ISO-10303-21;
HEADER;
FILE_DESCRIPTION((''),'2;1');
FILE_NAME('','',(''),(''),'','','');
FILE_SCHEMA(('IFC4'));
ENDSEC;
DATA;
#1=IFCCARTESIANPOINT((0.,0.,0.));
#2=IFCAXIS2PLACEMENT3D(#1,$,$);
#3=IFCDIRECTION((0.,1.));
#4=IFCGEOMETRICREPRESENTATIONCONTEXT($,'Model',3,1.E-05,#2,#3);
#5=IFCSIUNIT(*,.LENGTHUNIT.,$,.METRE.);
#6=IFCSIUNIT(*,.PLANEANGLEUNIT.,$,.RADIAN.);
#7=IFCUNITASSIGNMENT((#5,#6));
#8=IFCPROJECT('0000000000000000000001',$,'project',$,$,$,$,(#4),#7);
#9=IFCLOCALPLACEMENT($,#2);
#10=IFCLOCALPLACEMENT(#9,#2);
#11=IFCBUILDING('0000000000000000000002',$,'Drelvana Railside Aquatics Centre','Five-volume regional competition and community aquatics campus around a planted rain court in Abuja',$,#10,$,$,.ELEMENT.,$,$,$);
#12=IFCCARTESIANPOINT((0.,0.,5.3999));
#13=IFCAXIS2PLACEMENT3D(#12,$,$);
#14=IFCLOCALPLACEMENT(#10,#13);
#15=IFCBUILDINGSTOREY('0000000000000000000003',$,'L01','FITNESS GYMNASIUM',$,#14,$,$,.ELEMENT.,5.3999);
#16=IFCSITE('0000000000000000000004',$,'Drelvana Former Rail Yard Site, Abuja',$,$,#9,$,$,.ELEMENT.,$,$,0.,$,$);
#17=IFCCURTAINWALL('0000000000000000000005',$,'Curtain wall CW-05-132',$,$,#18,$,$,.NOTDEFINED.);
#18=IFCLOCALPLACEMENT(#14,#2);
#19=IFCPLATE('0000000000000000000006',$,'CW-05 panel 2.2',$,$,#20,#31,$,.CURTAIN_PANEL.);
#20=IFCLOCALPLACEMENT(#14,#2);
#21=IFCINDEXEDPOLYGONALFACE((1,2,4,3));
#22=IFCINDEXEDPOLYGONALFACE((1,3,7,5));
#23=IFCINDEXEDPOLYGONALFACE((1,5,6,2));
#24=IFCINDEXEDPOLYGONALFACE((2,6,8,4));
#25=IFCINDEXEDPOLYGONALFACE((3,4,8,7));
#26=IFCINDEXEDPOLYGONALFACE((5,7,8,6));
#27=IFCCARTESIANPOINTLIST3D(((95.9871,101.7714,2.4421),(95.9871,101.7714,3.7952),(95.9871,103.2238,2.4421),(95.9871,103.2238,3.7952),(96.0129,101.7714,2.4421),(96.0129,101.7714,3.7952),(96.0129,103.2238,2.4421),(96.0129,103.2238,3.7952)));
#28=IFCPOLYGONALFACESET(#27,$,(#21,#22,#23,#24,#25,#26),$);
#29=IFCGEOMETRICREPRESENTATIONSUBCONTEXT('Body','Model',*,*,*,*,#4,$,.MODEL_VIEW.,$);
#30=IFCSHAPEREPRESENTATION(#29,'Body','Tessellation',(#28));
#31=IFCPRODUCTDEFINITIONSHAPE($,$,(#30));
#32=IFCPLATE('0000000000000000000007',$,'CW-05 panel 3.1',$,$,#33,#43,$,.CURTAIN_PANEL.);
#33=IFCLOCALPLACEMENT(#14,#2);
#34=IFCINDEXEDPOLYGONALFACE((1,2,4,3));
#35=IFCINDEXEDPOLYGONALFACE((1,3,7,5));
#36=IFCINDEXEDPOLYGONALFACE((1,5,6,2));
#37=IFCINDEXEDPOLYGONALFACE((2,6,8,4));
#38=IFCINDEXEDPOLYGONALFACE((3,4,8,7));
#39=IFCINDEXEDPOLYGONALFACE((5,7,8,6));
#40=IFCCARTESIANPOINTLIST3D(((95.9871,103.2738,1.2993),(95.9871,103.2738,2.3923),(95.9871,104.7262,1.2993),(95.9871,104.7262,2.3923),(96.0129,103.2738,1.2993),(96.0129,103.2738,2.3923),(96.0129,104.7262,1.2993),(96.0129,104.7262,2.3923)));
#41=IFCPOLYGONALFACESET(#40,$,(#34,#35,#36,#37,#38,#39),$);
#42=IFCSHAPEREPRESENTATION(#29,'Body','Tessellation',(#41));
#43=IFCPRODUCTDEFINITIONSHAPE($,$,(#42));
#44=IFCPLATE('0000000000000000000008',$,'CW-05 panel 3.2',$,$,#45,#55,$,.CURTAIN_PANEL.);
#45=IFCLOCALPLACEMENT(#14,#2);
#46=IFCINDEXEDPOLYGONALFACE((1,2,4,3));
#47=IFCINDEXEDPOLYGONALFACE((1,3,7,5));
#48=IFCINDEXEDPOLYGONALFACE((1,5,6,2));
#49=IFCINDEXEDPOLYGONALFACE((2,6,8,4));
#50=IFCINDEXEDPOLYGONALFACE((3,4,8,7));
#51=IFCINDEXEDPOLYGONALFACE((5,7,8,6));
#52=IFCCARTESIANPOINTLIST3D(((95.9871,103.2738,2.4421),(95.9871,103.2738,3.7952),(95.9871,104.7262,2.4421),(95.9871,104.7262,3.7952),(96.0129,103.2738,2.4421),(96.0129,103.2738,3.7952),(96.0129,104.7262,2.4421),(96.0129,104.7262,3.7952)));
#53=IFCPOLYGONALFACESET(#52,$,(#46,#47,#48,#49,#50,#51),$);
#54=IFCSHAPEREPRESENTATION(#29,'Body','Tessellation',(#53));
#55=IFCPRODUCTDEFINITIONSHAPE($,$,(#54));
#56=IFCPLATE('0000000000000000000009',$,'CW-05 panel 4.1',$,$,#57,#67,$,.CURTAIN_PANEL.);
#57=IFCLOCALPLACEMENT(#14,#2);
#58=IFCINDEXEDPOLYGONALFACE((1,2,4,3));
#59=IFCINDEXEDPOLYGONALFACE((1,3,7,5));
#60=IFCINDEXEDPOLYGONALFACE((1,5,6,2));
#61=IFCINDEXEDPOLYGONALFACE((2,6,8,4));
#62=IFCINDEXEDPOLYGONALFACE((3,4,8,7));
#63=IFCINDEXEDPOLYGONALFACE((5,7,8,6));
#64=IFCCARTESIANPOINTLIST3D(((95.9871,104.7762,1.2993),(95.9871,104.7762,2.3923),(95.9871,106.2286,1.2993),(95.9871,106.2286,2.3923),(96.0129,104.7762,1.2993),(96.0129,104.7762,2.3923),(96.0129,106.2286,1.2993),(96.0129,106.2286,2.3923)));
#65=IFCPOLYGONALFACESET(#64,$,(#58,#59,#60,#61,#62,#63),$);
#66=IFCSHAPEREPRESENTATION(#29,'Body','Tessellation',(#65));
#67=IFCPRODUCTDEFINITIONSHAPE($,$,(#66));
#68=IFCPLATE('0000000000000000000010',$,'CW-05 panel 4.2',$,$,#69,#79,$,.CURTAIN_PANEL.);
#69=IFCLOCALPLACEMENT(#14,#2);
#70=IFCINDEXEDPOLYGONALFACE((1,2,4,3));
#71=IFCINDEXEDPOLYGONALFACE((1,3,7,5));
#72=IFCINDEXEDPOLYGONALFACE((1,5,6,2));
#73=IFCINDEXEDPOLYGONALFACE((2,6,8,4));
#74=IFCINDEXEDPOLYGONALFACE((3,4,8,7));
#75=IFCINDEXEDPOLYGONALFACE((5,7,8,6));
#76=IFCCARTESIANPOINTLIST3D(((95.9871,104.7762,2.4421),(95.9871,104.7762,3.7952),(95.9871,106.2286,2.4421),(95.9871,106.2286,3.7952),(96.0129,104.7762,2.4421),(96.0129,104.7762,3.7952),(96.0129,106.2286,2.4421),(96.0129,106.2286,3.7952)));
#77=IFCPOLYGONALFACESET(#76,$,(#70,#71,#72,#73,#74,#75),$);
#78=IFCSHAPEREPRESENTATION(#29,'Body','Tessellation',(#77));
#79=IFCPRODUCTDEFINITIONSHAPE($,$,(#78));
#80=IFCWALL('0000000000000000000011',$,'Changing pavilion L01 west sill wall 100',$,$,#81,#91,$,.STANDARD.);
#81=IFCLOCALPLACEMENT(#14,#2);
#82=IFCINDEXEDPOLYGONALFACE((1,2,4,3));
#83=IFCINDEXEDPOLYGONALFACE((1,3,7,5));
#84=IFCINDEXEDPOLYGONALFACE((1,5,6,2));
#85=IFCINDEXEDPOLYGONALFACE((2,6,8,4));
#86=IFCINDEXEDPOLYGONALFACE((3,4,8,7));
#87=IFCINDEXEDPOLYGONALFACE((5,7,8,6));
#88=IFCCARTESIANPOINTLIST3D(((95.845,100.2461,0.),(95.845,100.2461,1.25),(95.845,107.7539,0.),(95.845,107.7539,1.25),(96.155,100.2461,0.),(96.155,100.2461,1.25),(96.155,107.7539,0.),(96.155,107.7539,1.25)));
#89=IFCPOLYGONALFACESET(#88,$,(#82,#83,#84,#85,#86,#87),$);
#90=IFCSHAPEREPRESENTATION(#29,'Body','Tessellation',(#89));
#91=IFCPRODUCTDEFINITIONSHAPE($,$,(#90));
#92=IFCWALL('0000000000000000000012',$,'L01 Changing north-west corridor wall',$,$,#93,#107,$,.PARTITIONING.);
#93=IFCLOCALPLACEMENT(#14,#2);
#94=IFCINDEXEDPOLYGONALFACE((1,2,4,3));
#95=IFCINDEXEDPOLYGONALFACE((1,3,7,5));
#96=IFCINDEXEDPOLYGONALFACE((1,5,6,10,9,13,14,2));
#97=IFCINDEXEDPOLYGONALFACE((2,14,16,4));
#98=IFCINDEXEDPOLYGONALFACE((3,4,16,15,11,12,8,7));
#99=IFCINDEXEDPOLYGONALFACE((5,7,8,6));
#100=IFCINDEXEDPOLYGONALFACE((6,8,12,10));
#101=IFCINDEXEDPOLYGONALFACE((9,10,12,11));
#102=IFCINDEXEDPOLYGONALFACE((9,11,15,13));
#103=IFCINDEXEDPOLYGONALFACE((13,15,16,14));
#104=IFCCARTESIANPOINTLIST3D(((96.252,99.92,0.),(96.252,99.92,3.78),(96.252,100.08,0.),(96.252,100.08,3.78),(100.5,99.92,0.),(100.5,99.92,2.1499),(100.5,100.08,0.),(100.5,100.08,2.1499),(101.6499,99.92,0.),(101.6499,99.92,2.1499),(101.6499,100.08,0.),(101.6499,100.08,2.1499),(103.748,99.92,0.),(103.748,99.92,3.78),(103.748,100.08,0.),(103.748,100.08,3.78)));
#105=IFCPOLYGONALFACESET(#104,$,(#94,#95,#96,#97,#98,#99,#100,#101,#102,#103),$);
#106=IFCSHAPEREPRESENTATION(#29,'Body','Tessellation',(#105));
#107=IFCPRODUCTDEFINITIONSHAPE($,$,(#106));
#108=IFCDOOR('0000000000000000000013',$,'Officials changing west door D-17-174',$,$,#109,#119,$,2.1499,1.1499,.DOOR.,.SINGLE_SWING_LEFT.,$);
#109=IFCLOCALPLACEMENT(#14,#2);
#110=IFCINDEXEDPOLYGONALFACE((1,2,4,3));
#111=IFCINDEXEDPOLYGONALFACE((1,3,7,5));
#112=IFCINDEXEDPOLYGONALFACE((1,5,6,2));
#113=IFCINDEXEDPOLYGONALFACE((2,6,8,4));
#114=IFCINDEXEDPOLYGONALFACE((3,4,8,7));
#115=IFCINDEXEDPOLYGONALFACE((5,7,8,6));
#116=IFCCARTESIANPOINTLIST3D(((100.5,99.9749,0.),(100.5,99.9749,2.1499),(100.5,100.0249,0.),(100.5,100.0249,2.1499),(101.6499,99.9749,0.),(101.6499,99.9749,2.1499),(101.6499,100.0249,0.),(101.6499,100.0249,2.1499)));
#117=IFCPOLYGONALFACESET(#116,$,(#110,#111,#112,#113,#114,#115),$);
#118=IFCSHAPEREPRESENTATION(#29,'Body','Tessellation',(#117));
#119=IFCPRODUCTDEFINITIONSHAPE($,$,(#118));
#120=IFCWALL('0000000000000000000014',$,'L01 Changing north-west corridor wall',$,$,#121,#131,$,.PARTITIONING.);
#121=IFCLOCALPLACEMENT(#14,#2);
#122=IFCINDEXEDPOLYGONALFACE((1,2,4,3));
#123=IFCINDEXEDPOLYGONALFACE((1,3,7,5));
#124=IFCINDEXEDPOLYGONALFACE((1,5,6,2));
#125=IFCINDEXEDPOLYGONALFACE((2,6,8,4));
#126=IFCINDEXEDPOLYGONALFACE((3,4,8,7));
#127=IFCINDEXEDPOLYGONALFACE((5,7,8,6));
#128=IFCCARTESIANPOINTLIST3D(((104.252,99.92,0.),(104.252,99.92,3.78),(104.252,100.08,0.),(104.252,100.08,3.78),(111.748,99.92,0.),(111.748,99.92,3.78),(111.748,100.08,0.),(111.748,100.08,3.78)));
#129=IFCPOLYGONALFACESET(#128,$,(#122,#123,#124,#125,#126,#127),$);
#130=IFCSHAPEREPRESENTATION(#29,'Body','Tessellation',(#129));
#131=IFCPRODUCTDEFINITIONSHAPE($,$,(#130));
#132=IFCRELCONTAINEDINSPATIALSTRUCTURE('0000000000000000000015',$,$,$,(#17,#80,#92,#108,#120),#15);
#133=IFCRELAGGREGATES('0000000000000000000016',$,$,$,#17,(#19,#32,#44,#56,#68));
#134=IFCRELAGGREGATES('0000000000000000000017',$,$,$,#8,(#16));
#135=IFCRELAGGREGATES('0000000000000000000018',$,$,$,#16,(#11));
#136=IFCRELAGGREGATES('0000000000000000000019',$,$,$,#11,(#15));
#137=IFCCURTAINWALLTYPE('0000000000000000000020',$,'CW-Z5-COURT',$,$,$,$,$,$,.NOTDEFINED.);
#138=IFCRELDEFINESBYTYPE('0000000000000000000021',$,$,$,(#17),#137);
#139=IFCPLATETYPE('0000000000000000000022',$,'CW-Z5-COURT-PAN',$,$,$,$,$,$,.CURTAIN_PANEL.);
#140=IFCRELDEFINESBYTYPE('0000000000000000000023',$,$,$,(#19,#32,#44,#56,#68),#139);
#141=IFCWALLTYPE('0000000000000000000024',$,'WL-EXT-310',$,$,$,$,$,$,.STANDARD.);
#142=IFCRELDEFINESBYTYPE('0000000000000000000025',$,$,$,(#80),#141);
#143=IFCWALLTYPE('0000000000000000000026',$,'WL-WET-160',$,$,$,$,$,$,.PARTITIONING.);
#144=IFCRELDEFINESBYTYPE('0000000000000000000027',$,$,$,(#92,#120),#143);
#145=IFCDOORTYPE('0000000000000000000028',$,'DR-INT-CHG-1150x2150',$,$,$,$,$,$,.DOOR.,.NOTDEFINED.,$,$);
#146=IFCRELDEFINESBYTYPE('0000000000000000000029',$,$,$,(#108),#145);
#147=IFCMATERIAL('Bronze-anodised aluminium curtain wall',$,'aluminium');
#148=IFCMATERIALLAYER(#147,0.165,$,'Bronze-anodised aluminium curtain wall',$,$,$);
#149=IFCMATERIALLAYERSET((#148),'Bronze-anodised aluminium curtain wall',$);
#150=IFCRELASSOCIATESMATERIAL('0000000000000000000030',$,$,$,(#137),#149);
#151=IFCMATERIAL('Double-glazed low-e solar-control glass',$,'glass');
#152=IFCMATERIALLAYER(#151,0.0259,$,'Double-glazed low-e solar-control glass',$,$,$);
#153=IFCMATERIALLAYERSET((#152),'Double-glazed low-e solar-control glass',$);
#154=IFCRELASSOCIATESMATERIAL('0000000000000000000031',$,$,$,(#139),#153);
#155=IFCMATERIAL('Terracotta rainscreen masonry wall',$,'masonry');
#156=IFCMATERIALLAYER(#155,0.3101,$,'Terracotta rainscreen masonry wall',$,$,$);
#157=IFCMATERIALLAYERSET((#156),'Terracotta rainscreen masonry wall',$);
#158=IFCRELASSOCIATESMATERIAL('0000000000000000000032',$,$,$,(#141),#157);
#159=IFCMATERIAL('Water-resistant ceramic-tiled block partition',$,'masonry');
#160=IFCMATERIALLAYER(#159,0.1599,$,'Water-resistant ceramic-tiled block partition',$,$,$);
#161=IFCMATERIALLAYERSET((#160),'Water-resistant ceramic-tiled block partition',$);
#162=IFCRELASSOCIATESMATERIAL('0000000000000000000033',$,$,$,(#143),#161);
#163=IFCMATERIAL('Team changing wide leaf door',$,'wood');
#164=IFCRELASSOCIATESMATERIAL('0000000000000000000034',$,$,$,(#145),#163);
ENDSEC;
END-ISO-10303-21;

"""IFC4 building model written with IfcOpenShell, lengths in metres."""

from ifc_helpers import new_model, si_unit, direction, frame, frame_2d, origin, origin_2d, place, context, subcontext, project, spatial, rectangle, extrude, material, layer, layer_set, type_object, element, fill, aggregate, save


model = new_model("IFC4")

# Units and contexts
model_context = context("Model", 3, precision=1e-05, world=origin(), true_north=direction((0.0, 1.0)))
body_context = subcontext(model_context, "Body", "Model", "MODEL_VIEW")
ifc_project = project(units=[si_unit("LENGTHUNIT", "METRE"), si_unit("PLANEANGLEUNIT", "RADIAN")], contexts=[model_context])

# Site, building, storey
site_placement = place(None, origin())
site = spatial("IfcSite", under=ifc_project, at=site_placement, Name="Drelvana Former Rail Yard Site, Abuja", CompositionType="ELEMENT", RefElevation=0.0)
building_placement = place(site_placement, origin())
building = spatial("IfcBuilding", under=site, at=building_placement, Name="Drelvana Railside Aquatics Centre", Description="Five-volume regional competition and community aquatics campus around a planted rain court in Abuja", CompositionType="ELEMENT")
storey_placement = place(building_placement, frame((0.0, 0.0, 5.3999)))
storey = spatial("IfcBuildingStorey", under=building, at=storey_placement, Name="L01", Description="FITNESS GYMNASIUM", CompositionType="ELEMENT", Elevation=5.3999)

# Shared definitions
ifc_material_1 = material(Name="Bronze-anodised aluminium curtain wall", Category="aluminium")
ifc_layer_1 = layer(ifc_material_1, 0.165, Name="Bronze-anodised aluminium curtain wall")
ifc_layer_set_1 = layer_set([ifc_layer_1], Name="Bronze-anodised aluminium curtain wall")
curtain_wall_type = type_object("IfcCurtainWallType", Name="CW-Z5-COURT", PredefinedType="NOTDEFINED", material=ifc_layer_set_1)

# Curtain wall
curtain_wall_1_placement = place(storey_placement, origin())
curtain_wall_1 = element("IfcCurtainWall", 1, at=curtain_wall_1_placement, inside=storey, type_object=curtain_wall_type, Name="Curtain wall CW-05-132", PredefinedType="NOTDEFINED")

# Plates
ifc_material_2 = material(Name="Double-glazed low-e solar-control glass", Category="glass")
ifc_layer_2 = layer(ifc_material_2, 0.0259, Name="Double-glazed low-e solar-control glass")
ifc_layer_set_2 = layer_set([ifc_layer_2], Name="Double-glazed low-e solar-control glass")
plate_type = type_object("IfcPlateType", Name="CW-Z5-COURT-PAN", PredefinedType="CURTAIN_PANEL", material=ifc_layer_set_2)
plate_1_placement = place(storey_placement, frame((96.0, 102.4976, 2.4421), z_axis=(0.0, 0.0, 1.0), x_axis=(0.0, 1.0, 0.0)))
plate_1 = element("IfcPlate", 2, at=plate_1_placement, type_object=plate_type, Name="CW-05 panel 2.2", PredefinedType="CURTAIN_PANEL", context=body_context, shape_type="SweptSolid", body=[
    extrude(rectangle(XDim=1.4524, YDim=0.0259, at=origin_2d()), origin(), (0.0, 0.0, 1.0), 1.353),
])
plate_2_placement = place(storey_placement, frame((96.0, 104.0, 1.2993), z_axis=(0.0, 0.0, 1.0), x_axis=(0.0, 1.0, 0.0)))
plate_2 = element("IfcPlate", 3, at=plate_2_placement, type_object=plate_type, Name="CW-05 panel 3.1", PredefinedType="CURTAIN_PANEL", context=body_context, shape_type="SweptSolid", body=[
    extrude(rectangle(XDim=1.4524, YDim=0.0259, at=origin_2d()), origin(), (0.0, 0.0, 1.0), 1.093),
])
plate_3_placement = place(storey_placement, frame((96.0, 104.0, 2.4421), z_axis=(0.0, 0.0, 1.0), x_axis=(0.0, 1.0, 0.0)))
plate_3 = element("IfcPlate", 4, at=plate_3_placement, type_object=plate_type, Name="CW-05 panel 3.2", PredefinedType="CURTAIN_PANEL", context=body_context, shape_type="SweptSolid", body=[
    extrude(rectangle(XDim=1.4524, YDim=0.0259, at=origin_2d()), origin(), (0.0, 0.0, 1.0), 1.353),
])
plate_4_placement = place(storey_placement, frame((96.0, 105.5024, 1.2993), z_axis=(0.0, 0.0, 1.0), x_axis=(0.0, 1.0, 0.0)))
plate_4 = element("IfcPlate", 5, at=plate_4_placement, type_object=plate_type, Name="CW-05 panel 4.1", PredefinedType="CURTAIN_PANEL", context=body_context, shape_type="SweptSolid", body=[
    extrude(rectangle(XDim=1.4524, YDim=0.0259, at=origin_2d()), origin(), (0.0, 0.0, 1.0), 1.093),
])
plate_5_placement = place(storey_placement, frame((96.0, 105.5024, 2.4421), z_axis=(0.0, 0.0, 1.0), x_axis=(0.0, 1.0, 0.0)))
plate_5 = element("IfcPlate", 6, at=plate_5_placement, type_object=plate_type, Name="CW-05 panel 4.2", PredefinedType="CURTAIN_PANEL", context=body_context, shape_type="SweptSolid", body=[
    extrude(rectangle(XDim=1.4524, YDim=0.0259, at=origin_2d()), origin(), (0.0, 0.0, 1.0), 1.353),
])
aggregate(curtain_wall_1, [plate_1, plate_2, plate_3, plate_4, plate_5])

# Wall
ifc_material_3 = material(Name="Terracotta rainscreen masonry wall", Category="masonry")
ifc_layer_3 = layer(ifc_material_3, 0.3101, Name="Terracotta rainscreen masonry wall")
ifc_layer_set_3 = layer_set([ifc_layer_3], Name="Terracotta rainscreen masonry wall")
wall_type_1 = type_object("IfcWallType", Name="WL-EXT-310", PredefinedType="STANDARD", material=ifc_layer_set_3)
wall_1_placement = place(storey_placement, frame((96.0, 100.2461, 0.0), z_axis=(0.0, 0.0, 1.0), x_axis=(0.0, 1.0, 0.0)))
element("IfcWall", 7, at=wall_1_placement, inside=storey, type_object=wall_type_1, Name="Changing pavilion L01 west sill wall 100", PredefinedType="STANDARD", context=body_context, shape_type="SweptSolid", body=[
    extrude(rectangle(XDim=7.5078, YDim=0.3101, at=frame_2d((3.7539, 0.0))), origin(), (0.0, 0.0, 1.0), 1.25),
])

# Wall, opening, door
ifc_material_4 = material(Name="Water-resistant ceramic-tiled block partition", Category="masonry")
ifc_layer_4 = layer(ifc_material_4, 0.1599, Name="Water-resistant ceramic-tiled block partition")
ifc_layer_set_4 = layer_set([ifc_layer_4], Name="Water-resistant ceramic-tiled block partition")
wall_type_2 = type_object("IfcWallType", Name="WL-WET-160", PredefinedType="PARTITIONING", material=ifc_layer_set_4)
wall_2_placement = place(storey_placement, frame((96.252, 100.0, 0.0), z_axis=(0.0, 0.0, 1.0), x_axis=(1.0, 0.0, 0.0)))
wall_2 = element("IfcWall", 8, at=wall_2_placement, inside=storey, type_object=wall_type_2, Name="L01 Changing north-west corridor wall", PredefinedType="PARTITIONING", context=body_context, shape_type="SweptSolid", body=[
    extrude(rectangle(XDim=7.4961, YDim=0.1599, at=frame_2d((3.748, 0.0))), origin(), (0.0, 0.0, 1.0), 3.78),
])
opening_placement = place(wall_2_placement, frame((4.248, 0.0, 0.0)))
opening = element("IfcOpeningElement", 9, at=opening_placement, cuts=wall_2, PredefinedType="OPENING", context=body_context, shape_type="SweptSolid", body=[
    extrude(rectangle(XDim=1.1499, YDim=2.1499, at=frame_2d((0.575, 1.075))), frame((0.0, 0.0898, 0.0), z_axis=(0.0, -1.0, 0.0), x_axis=(1.0, 0.0, 0.0)), (0.0, 0.0, 1.0), 0.1799),
])
ifc_material_5 = material(Name="Team changing wide leaf door", Category="wood")
door_type = type_object("IfcDoorType", Name="DR-INT-CHG-1150x2150", OperationType="NOTDEFINED", PredefinedType="DOOR", material=ifc_material_5)
door_placement = place(opening_placement, origin())
door = element("IfcDoor", 10, at=door_placement, inside=storey, type_object=door_type, Name="Officials changing west door D-17-174", OperationType="SINGLE_SWING_LEFT", OverallHeight=2.1499, OverallWidth=1.1499, PredefinedType="DOOR", context=body_context, shape_type="SweptSolid", body=[
    extrude(rectangle(XDim=1.1499, YDim=2.1499, at=frame_2d((0.575, 1.075))), frame((0.0, 0.0249, 0.0), z_axis=(0.0, -1.0, 0.0), x_axis=(1.0, 0.0, 0.0)), (0.0, 0.0, 1.0), 0.05),
])
fill(opening, door)

# Wall
wall_3_placement = place(storey_placement, frame((104.252, 100.0, 0.0), z_axis=(0.0, 0.0, 1.0), x_axis=(1.0, 0.0, 0.0)))
element("IfcWall", 11, at=wall_3_placement, inside=storey, type_object=wall_type_2, Name="L01 Changing north-west corridor wall", PredefinedType="PARTITIONING", context=body_context, shape_type="SweptSolid", body=[
    extrude(rectangle(XDim=7.4961, YDim=0.1599, at=frame_2d((3.748, 0.0))), origin(), (0.0, 0.0, 1.0), 3.78),
])

save(model, "model.ifc")
